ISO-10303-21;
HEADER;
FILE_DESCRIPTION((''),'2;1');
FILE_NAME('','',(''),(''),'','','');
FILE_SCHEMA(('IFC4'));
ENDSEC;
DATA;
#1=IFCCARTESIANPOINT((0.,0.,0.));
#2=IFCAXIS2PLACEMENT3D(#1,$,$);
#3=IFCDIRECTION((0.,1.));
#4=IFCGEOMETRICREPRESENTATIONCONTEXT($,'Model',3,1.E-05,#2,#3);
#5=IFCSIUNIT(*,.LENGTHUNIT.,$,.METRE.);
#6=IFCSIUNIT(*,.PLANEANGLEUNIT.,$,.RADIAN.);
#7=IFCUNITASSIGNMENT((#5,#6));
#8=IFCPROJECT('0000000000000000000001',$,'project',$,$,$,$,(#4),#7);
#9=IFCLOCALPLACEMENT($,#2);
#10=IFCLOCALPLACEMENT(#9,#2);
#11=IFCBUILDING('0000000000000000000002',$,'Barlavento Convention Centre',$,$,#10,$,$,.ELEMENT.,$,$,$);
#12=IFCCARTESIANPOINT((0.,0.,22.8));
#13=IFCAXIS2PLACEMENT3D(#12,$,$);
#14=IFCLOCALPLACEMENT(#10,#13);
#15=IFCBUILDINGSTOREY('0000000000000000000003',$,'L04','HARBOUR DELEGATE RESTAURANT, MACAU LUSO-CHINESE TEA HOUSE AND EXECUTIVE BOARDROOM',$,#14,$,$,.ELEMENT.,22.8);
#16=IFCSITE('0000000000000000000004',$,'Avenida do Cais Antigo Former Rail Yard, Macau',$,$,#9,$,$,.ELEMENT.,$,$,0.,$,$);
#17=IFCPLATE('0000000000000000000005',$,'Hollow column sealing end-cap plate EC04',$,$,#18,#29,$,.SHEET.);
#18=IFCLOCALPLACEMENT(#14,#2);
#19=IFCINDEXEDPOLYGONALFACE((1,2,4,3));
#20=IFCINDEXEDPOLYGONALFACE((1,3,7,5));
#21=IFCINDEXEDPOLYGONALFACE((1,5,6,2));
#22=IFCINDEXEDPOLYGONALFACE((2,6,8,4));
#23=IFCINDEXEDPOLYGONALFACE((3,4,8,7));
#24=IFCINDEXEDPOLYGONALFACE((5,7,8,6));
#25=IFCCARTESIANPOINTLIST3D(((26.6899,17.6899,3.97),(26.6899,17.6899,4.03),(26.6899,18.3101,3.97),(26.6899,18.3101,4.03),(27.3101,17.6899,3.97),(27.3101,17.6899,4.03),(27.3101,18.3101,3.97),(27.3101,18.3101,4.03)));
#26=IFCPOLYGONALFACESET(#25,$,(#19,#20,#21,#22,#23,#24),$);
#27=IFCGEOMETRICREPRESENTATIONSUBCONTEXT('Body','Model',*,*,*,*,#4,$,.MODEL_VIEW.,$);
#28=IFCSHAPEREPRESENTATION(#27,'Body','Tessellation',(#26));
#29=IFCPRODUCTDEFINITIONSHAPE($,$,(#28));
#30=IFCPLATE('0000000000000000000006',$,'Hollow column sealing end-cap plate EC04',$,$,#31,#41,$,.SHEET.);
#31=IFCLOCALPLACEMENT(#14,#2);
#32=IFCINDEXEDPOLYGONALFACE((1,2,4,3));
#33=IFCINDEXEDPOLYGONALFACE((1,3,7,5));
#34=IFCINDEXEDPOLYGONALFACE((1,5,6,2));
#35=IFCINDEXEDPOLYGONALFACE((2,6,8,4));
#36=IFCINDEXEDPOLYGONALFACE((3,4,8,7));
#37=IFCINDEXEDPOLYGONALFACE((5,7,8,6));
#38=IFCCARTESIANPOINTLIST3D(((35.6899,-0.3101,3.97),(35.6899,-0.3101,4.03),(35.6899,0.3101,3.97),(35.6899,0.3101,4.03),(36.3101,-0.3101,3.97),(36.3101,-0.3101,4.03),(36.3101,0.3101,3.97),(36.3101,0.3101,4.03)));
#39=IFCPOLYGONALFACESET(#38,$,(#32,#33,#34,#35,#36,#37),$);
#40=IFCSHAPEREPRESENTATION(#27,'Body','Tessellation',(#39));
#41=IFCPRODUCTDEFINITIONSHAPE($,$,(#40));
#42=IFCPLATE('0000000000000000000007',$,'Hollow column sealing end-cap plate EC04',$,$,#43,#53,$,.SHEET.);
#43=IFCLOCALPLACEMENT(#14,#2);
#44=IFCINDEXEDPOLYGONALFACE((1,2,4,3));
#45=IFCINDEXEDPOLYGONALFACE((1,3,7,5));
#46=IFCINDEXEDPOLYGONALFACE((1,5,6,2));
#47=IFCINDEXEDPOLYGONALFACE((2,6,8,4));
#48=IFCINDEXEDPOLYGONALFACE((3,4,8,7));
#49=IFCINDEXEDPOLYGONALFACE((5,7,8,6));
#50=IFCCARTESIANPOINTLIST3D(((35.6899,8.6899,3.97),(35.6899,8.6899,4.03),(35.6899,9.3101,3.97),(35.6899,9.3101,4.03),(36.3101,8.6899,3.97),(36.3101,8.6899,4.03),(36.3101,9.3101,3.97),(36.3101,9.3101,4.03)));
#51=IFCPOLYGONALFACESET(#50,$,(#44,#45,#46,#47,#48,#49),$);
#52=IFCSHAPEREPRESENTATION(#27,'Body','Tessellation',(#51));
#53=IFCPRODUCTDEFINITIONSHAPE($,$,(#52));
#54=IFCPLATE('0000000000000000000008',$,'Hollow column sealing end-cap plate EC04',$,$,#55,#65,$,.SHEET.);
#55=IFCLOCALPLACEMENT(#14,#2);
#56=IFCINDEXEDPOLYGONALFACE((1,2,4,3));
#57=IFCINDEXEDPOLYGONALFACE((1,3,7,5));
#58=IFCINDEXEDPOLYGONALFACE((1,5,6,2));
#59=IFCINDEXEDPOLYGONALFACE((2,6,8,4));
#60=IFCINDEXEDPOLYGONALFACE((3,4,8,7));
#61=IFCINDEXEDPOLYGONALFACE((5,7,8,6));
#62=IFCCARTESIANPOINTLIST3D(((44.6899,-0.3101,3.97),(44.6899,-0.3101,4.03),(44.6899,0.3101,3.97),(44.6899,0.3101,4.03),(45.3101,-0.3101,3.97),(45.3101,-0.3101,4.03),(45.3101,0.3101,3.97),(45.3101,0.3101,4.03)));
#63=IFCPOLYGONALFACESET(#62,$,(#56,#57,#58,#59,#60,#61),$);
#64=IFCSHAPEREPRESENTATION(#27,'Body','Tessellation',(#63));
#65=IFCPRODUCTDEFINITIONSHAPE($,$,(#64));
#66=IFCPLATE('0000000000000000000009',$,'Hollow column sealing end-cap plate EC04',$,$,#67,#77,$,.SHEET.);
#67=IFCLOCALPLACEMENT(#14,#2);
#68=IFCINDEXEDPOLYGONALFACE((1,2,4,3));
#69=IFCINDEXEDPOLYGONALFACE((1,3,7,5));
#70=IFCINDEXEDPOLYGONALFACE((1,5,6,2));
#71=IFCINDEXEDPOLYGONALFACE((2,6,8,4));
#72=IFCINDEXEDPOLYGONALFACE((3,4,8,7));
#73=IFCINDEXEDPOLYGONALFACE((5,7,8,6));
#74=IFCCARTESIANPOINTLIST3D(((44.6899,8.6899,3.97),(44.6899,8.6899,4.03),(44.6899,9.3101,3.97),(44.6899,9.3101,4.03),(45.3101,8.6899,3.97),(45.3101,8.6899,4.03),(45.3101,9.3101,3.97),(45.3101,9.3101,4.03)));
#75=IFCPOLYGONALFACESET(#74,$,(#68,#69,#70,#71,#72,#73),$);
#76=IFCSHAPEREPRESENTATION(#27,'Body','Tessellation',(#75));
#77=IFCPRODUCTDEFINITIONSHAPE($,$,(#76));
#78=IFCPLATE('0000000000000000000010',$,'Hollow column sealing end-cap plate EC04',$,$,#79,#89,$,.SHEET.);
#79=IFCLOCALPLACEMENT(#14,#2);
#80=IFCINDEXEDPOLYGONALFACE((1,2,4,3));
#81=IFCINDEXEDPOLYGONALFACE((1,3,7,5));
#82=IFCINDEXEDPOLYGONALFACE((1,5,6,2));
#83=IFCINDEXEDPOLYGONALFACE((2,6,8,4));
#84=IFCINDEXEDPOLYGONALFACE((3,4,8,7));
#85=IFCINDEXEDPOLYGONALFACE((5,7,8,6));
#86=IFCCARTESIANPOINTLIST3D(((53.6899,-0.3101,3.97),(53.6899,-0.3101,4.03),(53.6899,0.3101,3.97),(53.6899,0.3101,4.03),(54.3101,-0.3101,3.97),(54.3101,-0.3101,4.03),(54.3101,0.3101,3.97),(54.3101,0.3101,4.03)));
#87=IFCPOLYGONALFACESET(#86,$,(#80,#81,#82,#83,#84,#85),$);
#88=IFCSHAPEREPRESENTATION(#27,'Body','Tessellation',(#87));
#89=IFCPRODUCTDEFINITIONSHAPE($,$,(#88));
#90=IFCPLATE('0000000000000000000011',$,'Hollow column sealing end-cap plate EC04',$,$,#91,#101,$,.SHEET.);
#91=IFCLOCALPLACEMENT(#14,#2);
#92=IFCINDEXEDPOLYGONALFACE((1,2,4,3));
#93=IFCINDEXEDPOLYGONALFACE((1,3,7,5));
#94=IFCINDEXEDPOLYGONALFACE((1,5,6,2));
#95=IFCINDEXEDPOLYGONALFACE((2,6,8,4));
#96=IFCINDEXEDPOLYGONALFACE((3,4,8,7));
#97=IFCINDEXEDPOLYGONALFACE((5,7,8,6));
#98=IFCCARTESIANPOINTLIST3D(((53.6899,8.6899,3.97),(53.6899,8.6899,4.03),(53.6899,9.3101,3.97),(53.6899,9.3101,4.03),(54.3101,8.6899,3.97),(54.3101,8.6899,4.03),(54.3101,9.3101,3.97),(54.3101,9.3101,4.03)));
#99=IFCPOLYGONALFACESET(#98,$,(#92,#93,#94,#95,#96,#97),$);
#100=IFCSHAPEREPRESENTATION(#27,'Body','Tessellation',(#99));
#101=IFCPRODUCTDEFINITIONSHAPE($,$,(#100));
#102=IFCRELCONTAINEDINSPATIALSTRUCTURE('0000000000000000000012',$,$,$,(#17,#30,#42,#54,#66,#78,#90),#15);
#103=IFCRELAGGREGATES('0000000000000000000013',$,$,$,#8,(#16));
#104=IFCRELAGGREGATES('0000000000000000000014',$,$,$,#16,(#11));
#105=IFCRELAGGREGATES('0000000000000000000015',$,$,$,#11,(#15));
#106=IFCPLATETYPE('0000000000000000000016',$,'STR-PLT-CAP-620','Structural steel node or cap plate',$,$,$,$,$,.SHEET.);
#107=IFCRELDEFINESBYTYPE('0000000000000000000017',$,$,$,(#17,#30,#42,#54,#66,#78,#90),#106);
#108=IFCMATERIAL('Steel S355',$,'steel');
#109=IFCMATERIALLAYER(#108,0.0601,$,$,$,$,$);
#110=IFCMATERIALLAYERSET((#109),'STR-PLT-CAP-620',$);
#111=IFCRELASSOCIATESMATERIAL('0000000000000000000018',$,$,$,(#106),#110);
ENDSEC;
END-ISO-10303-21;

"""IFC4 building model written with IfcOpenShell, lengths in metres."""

from ifc_helpers import new_model, si_unit, direction, frame, origin, origin_2d, place, context, subcontext, project, spatial, rectangle, extrude, material, layer, layer_set, type_object, element, save


model = new_model("IFC4")

# Units and contexts
model_context = context("Model", 3, precision=1e-05, world=origin(), true_north=direction((0.0, 1.0)))
body_context = subcontext(model_context, "Body", "Model", "MODEL_VIEW")
ifc_project = project(units=[si_unit("LENGTHUNIT", "METRE"), si_unit("PLANEANGLEUNIT", "RADIAN")], contexts=[model_context])

# Site, building, storey
site_placement = place(None, origin())
site = spatial("IfcSite", under=ifc_project, at=site_placement, Name="Avenida do Cais Antigo Former Rail Yard, Macau", CompositionType="ELEMENT", RefElevation=0.0)
building_placement = place(site_placement, origin())
building = spatial("IfcBuilding", under=site, at=building_placement, Name="Barlavento Convention Centre", CompositionType="ELEMENT")
storey_placement = place(building_placement, frame((0.0, 0.0, 22.8)))
storey = spatial("IfcBuildingStorey", under=building, at=storey_placement, Name="L04", Description="HARBOUR DELEGATE RESTAURANT, MACAU LUSO-CHINESE TEA HOUSE AND EXECUTIVE BOARDROOM", CompositionType="ELEMENT", Elevation=22.8)

# Shared definitions
ifc_material_1 = material(Name="Steel S355", Category="steel")

# Plates
ifc_layer = layer(ifc_material_1, 0.0601)
ifc_layer_set = layer_set([ifc_layer], Name="STR-PLT-CAP-620")
plate_type = type_object("IfcPlateType", Name="STR-PLT-CAP-620", Description="Structural steel node or cap plate", PredefinedType="SHEET", material=ifc_layer_set)
for number, where, z_axis, x_axis, name in (
    (1, (27.0, 18.0, 3.97), (0.0, 0.0, 1.0), (1.0, 0.0, 0.0), "Hollow column sealing end-cap plate EC04"),
    (2, (36.0, 0.0, 3.97), (0.0, 0.0, 1.0), (1.0, 0.0, 0.0), "Hollow column sealing end-cap plate EC04"),
    (3, (36.0, 9.0, 3.97), (0.0, 0.0, 1.0), (1.0, 0.0, 0.0), "Hollow column sealing end-cap plate EC04"),
    (4, (45.0, 0.0, 3.97), (0.0, 0.0, 1.0), (1.0, 0.0, 0.0), "Hollow column sealing end-cap plate EC04"),
    (5, (45.0, 9.0, 3.97), (0.0, 0.0, 1.0), (1.0, 0.0, 0.0), "Hollow column sealing end-cap plate EC04"),
    (6, (54.0, 0.0, 3.97), (0.0, 0.0, 1.0), (1.0, 0.0, 0.0), "Hollow column sealing end-cap plate EC04"),
    (7, (54.0, 9.0, 3.97), (0.0, 0.0, 1.0), (1.0, 0.0, 0.0), "Hollow column sealing end-cap plate EC04"),
):
    element("IfcPlate", number, at=place(storey_placement, frame(where, z_axis=z_axis, x_axis=x_axis)), inside=storey, type_object=plate_type, Name=name, PredefinedType="SHEET", context=body_context, shape_type="SweptSolid", body=[
        extrude(rectangle(XDim=0.6201, YDim=0.6201, at=origin_2d()), origin(), (0.0, 0.0, 1.0), 0.0601),
    ])

save(model, "model.ifc")
